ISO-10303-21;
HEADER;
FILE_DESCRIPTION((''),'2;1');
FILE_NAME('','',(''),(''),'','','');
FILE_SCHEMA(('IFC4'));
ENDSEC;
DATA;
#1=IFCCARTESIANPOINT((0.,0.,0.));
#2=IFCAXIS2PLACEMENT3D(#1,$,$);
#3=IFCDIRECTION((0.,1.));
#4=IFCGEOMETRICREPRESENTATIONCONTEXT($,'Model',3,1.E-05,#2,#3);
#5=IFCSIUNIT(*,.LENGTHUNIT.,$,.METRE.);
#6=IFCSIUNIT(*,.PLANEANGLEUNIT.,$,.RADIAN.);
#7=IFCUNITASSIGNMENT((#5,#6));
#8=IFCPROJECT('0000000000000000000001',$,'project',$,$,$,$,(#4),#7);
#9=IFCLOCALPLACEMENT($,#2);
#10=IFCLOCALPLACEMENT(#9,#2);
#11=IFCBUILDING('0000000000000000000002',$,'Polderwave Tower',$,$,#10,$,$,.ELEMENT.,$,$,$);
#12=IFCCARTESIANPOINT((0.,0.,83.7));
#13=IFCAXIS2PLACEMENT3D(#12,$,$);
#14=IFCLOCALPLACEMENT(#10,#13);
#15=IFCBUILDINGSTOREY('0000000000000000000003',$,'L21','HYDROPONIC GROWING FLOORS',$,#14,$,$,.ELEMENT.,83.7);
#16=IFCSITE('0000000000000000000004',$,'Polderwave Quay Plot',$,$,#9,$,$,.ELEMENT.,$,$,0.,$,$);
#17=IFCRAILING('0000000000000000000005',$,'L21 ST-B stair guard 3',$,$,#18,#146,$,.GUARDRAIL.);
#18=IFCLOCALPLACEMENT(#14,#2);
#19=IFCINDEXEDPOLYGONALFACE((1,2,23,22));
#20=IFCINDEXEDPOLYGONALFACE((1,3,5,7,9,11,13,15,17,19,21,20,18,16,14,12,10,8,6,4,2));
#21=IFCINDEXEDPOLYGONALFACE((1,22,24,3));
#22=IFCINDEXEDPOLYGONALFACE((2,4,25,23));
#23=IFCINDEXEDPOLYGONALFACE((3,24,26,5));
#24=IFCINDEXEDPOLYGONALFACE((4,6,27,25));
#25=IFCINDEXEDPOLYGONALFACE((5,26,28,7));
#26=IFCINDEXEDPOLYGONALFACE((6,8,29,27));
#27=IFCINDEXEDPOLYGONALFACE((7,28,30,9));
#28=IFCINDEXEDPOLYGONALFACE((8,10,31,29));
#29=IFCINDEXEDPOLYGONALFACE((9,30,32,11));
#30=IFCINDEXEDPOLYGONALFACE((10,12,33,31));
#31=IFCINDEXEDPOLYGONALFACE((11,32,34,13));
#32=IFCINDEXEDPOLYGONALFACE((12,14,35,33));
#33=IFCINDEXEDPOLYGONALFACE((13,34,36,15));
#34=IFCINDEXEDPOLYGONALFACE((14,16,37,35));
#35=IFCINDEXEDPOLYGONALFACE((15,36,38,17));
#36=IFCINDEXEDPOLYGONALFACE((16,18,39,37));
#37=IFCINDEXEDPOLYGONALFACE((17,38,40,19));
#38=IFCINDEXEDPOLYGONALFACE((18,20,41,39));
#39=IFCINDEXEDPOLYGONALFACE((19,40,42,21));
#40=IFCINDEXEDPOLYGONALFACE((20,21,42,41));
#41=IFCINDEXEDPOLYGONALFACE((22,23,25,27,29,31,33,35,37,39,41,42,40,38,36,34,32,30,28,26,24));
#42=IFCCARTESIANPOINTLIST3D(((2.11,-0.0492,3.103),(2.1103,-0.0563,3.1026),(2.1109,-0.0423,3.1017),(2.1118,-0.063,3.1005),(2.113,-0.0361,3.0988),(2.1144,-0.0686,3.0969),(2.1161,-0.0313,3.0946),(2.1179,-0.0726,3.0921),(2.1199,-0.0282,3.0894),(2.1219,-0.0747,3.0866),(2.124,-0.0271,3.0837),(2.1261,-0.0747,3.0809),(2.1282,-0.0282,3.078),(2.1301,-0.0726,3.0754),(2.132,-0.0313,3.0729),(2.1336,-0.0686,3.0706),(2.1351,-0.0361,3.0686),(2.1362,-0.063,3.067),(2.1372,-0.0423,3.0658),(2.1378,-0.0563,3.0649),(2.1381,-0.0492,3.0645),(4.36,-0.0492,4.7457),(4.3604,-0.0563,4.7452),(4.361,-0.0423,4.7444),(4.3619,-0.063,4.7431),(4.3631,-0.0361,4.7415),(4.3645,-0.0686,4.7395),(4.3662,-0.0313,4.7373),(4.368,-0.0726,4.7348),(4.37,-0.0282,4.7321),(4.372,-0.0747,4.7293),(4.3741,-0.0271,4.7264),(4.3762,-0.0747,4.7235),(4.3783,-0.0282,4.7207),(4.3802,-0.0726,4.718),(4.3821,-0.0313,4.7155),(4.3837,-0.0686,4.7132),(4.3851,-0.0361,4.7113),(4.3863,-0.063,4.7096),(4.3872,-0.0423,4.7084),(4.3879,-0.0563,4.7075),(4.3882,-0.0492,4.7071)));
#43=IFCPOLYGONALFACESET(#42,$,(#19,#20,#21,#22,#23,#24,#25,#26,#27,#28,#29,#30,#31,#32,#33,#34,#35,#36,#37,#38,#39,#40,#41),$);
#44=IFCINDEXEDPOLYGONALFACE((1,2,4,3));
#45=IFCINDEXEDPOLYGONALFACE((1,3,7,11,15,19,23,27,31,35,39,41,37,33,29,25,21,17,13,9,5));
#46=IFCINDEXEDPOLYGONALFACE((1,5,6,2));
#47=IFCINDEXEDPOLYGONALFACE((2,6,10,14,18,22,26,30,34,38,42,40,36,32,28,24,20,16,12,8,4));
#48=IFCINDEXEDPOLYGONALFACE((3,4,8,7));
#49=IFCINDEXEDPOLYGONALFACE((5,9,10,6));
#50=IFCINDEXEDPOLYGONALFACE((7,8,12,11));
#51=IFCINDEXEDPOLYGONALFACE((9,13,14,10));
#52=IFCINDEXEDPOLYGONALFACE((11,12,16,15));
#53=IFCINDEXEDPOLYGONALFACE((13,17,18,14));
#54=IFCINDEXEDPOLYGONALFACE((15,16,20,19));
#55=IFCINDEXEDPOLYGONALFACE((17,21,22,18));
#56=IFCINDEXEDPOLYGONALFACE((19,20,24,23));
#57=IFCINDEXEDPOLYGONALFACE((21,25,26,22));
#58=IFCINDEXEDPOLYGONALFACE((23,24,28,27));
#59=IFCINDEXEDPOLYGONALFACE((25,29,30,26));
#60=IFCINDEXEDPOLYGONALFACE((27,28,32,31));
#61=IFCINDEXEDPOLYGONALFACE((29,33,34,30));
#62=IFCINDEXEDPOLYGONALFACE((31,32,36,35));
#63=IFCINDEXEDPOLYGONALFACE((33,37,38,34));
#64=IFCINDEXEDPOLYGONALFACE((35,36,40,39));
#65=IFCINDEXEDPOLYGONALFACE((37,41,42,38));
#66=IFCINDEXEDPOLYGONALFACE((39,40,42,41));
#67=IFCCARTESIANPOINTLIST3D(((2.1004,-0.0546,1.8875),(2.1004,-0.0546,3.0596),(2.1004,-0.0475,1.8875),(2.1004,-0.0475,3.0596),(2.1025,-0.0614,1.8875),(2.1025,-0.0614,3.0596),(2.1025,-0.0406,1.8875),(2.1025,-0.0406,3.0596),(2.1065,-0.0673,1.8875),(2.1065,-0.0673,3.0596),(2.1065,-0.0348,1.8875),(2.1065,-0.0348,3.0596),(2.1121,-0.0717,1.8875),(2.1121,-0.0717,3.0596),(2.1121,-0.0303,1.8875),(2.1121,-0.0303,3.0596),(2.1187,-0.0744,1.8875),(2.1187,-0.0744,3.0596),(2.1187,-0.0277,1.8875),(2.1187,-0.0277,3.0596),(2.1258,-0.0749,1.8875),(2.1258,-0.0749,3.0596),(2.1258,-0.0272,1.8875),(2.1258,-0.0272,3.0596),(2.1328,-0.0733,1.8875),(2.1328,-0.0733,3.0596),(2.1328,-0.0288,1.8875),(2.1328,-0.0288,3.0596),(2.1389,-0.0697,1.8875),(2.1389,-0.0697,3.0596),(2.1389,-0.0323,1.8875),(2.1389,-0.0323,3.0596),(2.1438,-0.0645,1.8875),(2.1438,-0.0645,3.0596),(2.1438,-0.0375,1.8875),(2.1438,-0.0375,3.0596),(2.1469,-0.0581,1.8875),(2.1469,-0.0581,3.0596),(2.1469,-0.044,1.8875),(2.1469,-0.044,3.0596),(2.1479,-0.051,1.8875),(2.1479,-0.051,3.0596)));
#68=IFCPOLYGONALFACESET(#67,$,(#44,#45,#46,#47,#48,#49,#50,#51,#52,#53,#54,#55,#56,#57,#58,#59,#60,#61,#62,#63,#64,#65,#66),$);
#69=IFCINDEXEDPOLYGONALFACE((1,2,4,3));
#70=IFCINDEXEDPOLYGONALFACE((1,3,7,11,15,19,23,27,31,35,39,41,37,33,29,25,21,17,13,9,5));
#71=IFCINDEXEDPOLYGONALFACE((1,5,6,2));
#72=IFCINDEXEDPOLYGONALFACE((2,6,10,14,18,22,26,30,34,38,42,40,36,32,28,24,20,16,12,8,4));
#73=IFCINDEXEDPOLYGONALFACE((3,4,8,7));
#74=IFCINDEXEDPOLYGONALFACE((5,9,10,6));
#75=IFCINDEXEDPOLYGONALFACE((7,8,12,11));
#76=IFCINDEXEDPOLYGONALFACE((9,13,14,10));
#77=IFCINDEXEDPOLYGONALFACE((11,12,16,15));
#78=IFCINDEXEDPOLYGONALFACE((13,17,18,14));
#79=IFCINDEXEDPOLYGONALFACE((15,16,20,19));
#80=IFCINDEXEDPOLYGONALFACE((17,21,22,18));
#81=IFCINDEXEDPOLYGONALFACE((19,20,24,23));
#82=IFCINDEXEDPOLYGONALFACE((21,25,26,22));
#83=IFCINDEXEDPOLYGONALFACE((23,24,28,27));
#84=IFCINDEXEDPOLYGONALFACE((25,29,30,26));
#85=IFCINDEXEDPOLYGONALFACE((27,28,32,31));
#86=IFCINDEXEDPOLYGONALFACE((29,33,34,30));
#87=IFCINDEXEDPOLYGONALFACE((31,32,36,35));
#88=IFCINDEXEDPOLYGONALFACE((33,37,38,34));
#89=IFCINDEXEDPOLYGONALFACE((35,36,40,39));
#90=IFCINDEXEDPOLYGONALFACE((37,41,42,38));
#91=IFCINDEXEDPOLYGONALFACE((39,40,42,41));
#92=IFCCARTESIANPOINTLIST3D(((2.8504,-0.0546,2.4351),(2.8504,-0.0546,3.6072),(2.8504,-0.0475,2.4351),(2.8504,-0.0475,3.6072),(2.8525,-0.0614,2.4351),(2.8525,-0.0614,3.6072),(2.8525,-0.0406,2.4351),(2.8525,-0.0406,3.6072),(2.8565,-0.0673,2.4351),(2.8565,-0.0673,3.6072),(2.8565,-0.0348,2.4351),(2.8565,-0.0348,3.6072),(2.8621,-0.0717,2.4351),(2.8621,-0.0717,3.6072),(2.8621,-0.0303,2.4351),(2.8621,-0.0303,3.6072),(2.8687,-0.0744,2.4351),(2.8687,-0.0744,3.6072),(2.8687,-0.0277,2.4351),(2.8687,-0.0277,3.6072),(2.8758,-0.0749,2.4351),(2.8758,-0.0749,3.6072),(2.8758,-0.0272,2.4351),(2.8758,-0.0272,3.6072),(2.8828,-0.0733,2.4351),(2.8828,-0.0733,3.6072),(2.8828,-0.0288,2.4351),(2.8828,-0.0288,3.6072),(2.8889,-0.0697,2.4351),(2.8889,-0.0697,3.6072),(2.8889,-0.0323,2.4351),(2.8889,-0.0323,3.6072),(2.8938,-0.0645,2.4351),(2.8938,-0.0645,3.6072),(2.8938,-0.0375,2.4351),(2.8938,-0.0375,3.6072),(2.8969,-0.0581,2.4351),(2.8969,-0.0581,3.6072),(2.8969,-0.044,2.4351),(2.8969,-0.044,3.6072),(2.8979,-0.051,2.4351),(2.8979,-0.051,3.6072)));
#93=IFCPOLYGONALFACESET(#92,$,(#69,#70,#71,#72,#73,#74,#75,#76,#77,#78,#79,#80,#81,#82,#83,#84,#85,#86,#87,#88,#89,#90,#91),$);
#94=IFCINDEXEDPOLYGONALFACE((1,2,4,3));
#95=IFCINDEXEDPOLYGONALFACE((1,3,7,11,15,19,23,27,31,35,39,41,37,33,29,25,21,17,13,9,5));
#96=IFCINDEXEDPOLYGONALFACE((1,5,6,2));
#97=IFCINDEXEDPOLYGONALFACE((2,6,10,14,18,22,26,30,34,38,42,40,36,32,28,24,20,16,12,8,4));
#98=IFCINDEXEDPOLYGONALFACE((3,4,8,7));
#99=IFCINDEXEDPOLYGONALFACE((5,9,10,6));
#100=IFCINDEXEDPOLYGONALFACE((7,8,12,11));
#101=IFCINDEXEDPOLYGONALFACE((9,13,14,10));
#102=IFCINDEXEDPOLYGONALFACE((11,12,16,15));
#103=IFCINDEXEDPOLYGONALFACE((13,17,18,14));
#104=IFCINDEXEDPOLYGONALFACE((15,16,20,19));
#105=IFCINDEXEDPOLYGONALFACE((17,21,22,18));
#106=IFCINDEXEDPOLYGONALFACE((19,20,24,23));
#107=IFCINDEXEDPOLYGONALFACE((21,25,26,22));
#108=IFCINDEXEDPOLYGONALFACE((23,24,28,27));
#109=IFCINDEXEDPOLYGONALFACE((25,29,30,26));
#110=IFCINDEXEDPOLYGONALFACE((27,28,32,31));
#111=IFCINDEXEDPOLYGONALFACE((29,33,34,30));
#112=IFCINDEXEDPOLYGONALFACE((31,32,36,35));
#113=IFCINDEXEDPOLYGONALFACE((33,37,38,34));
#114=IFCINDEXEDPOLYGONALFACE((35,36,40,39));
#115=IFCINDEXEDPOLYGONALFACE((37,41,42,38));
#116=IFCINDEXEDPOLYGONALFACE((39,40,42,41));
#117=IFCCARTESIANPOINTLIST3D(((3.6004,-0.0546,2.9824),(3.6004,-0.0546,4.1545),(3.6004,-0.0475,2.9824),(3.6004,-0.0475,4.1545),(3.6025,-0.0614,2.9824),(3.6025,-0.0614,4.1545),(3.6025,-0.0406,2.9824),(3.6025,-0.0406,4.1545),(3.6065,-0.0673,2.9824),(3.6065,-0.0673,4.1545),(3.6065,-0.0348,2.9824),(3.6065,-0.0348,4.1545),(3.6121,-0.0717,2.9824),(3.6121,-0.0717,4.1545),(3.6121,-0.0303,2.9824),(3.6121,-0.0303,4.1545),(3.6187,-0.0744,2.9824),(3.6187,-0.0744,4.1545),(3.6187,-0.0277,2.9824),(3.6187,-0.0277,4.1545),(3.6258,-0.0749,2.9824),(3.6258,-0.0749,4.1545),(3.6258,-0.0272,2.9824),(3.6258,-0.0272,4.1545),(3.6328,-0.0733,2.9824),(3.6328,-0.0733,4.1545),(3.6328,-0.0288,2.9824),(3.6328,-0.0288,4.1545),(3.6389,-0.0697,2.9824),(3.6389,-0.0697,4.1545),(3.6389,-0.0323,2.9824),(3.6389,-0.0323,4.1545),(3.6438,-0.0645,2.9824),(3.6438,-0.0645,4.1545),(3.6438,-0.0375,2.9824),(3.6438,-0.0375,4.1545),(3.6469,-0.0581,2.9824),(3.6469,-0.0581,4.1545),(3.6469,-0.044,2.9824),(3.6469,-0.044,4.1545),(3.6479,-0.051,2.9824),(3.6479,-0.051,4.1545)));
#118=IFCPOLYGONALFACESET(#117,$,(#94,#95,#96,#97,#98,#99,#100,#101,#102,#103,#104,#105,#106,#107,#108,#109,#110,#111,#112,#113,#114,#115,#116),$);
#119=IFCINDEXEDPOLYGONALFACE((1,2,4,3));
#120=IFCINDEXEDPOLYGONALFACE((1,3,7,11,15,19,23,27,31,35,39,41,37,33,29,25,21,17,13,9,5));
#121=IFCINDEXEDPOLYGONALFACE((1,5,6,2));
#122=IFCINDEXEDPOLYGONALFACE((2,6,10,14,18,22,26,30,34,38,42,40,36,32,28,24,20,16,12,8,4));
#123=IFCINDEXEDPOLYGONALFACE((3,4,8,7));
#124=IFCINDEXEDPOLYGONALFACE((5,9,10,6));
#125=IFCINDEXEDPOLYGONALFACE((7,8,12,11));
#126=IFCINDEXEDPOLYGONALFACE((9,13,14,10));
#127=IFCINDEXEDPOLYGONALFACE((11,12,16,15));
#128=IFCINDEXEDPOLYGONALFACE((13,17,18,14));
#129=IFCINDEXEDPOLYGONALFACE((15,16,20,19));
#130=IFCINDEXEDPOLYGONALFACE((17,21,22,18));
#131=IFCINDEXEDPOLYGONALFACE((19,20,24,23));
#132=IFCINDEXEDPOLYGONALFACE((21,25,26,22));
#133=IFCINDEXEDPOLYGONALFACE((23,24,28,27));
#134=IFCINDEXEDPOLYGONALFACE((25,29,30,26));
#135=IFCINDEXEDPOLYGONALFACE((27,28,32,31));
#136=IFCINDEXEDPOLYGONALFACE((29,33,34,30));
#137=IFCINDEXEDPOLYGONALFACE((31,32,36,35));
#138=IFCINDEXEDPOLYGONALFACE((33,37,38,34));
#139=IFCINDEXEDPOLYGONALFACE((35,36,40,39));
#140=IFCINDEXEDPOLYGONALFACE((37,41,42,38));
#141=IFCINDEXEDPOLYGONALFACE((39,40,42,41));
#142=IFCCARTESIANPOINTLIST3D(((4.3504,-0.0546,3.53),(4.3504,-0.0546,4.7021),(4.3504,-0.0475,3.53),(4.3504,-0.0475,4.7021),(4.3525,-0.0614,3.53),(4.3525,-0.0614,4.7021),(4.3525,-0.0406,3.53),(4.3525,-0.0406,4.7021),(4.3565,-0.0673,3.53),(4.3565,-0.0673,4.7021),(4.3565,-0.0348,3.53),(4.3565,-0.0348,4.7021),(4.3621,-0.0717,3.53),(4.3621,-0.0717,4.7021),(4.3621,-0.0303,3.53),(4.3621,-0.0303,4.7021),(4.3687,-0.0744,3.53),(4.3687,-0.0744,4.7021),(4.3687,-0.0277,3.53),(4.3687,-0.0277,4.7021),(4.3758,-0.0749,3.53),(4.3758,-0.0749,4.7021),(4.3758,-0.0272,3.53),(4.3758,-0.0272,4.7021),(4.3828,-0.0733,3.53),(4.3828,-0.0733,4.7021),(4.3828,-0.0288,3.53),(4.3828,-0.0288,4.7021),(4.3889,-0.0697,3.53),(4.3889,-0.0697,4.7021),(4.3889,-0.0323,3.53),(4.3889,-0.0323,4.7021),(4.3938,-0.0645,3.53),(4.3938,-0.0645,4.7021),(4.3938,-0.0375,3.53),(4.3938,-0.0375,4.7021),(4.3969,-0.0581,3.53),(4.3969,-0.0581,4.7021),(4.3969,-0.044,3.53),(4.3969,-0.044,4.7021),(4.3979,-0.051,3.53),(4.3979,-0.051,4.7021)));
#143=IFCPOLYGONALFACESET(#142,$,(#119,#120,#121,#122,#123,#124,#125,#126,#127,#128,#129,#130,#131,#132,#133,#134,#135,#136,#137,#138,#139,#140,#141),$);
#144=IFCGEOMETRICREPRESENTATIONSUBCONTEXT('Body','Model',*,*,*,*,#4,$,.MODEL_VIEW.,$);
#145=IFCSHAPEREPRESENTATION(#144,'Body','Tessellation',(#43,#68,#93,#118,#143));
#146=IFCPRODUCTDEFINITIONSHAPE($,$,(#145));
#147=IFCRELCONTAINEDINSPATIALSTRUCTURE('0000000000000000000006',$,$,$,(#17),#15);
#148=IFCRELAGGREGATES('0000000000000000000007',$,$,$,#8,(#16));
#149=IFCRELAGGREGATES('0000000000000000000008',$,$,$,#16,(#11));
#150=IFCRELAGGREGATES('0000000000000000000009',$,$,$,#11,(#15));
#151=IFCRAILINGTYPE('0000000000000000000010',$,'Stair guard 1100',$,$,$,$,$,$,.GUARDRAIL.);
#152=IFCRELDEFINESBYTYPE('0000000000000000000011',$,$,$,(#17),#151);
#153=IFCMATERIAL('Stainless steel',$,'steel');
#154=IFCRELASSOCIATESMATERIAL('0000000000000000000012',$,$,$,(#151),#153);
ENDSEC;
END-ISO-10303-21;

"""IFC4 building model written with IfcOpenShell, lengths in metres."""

from ifc_helpers import new_model, si_unit, direction, frame, origin, origin_2d, place, context, subcontext, project, spatial, circle, extrude, material, type_object, element, save


model = new_model("IFC4")

# Units and contexts
model_context = context("Model", 3, precision=1e-05, world=origin(), true_north=direction((0.0, 1.0)))
body_context = subcontext(model_context, "Body", "Model", "MODEL_VIEW")
ifc_project = project(units=[si_unit("LENGTHUNIT", "METRE"), si_unit("PLANEANGLEUNIT", "RADIAN")], contexts=[model_context])

# Site, building, storey
site_placement = place(None, origin())
site = spatial("IfcSite", under=ifc_project, at=site_placement, Name="Polderwave Quay Plot", CompositionType="ELEMENT", RefElevation=0.0)
building_placement = place(site_placement, origin())
building = spatial("IfcBuilding", under=site, at=building_placement, Name="Polderwave Tower", CompositionType="ELEMENT")
storey_placement = place(building_placement, frame((0.0, 0.0, 83.7)))
storey = spatial("IfcBuildingStorey", under=building, at=storey_placement, Name="L21", Description="HYDROPONIC GROWING FLOORS", CompositionType="ELEMENT", Elevation=83.7)

# Railing
ifc_material_1 = material(Name="Stainless steel", Category="steel")
railing_type_1 = type_object("IfcRailingType", Name="Stair guard 1100", PredefinedType="GUARDRAIL", material=ifc_material_1)
railing_1_placement = place(storey_placement, frame((2.124, -0.051, 1.8875)))
element("IfcRailing", 1, at=railing_1_placement, inside=storey, type_object=railing_type_1, Name="L21 ST-B stair guard 3", PredefinedType="GUARDRAIL", context=body_context, shape_type="SweptSolid", body=[
    extrude(circle(Radius=0.0239, at=origin_2d()), frame((0.0, 0.0, 1.1963), z_axis=(0.807674, 0.0, 0.58963), x_axis=(0.0, 1.0, 0.0)), (0.0, 0.0, 1.0), 2.7859),
    extrude(circle(Radius=0.0239, at=origin_2d()), origin(), (0.0, 0.0, 1.0), 1.1721),
    extrude(circle(Radius=0.0239, at=origin_2d()), frame((0.75, 0.0, 0.5476)), (0.0, 0.0, 1.0), 1.1721),
    extrude(circle(Radius=0.0239, at=origin_2d()), frame((1.5, 0.0, 1.095)), (0.0, 0.0, 1.0), 1.1721),
    extrude(circle(Radius=0.0239, at=origin_2d()), frame((2.25, 0.0, 1.6426)), (0.0, 0.0, 1.0), 1.1721),
])

save(model, "model.ifc")
